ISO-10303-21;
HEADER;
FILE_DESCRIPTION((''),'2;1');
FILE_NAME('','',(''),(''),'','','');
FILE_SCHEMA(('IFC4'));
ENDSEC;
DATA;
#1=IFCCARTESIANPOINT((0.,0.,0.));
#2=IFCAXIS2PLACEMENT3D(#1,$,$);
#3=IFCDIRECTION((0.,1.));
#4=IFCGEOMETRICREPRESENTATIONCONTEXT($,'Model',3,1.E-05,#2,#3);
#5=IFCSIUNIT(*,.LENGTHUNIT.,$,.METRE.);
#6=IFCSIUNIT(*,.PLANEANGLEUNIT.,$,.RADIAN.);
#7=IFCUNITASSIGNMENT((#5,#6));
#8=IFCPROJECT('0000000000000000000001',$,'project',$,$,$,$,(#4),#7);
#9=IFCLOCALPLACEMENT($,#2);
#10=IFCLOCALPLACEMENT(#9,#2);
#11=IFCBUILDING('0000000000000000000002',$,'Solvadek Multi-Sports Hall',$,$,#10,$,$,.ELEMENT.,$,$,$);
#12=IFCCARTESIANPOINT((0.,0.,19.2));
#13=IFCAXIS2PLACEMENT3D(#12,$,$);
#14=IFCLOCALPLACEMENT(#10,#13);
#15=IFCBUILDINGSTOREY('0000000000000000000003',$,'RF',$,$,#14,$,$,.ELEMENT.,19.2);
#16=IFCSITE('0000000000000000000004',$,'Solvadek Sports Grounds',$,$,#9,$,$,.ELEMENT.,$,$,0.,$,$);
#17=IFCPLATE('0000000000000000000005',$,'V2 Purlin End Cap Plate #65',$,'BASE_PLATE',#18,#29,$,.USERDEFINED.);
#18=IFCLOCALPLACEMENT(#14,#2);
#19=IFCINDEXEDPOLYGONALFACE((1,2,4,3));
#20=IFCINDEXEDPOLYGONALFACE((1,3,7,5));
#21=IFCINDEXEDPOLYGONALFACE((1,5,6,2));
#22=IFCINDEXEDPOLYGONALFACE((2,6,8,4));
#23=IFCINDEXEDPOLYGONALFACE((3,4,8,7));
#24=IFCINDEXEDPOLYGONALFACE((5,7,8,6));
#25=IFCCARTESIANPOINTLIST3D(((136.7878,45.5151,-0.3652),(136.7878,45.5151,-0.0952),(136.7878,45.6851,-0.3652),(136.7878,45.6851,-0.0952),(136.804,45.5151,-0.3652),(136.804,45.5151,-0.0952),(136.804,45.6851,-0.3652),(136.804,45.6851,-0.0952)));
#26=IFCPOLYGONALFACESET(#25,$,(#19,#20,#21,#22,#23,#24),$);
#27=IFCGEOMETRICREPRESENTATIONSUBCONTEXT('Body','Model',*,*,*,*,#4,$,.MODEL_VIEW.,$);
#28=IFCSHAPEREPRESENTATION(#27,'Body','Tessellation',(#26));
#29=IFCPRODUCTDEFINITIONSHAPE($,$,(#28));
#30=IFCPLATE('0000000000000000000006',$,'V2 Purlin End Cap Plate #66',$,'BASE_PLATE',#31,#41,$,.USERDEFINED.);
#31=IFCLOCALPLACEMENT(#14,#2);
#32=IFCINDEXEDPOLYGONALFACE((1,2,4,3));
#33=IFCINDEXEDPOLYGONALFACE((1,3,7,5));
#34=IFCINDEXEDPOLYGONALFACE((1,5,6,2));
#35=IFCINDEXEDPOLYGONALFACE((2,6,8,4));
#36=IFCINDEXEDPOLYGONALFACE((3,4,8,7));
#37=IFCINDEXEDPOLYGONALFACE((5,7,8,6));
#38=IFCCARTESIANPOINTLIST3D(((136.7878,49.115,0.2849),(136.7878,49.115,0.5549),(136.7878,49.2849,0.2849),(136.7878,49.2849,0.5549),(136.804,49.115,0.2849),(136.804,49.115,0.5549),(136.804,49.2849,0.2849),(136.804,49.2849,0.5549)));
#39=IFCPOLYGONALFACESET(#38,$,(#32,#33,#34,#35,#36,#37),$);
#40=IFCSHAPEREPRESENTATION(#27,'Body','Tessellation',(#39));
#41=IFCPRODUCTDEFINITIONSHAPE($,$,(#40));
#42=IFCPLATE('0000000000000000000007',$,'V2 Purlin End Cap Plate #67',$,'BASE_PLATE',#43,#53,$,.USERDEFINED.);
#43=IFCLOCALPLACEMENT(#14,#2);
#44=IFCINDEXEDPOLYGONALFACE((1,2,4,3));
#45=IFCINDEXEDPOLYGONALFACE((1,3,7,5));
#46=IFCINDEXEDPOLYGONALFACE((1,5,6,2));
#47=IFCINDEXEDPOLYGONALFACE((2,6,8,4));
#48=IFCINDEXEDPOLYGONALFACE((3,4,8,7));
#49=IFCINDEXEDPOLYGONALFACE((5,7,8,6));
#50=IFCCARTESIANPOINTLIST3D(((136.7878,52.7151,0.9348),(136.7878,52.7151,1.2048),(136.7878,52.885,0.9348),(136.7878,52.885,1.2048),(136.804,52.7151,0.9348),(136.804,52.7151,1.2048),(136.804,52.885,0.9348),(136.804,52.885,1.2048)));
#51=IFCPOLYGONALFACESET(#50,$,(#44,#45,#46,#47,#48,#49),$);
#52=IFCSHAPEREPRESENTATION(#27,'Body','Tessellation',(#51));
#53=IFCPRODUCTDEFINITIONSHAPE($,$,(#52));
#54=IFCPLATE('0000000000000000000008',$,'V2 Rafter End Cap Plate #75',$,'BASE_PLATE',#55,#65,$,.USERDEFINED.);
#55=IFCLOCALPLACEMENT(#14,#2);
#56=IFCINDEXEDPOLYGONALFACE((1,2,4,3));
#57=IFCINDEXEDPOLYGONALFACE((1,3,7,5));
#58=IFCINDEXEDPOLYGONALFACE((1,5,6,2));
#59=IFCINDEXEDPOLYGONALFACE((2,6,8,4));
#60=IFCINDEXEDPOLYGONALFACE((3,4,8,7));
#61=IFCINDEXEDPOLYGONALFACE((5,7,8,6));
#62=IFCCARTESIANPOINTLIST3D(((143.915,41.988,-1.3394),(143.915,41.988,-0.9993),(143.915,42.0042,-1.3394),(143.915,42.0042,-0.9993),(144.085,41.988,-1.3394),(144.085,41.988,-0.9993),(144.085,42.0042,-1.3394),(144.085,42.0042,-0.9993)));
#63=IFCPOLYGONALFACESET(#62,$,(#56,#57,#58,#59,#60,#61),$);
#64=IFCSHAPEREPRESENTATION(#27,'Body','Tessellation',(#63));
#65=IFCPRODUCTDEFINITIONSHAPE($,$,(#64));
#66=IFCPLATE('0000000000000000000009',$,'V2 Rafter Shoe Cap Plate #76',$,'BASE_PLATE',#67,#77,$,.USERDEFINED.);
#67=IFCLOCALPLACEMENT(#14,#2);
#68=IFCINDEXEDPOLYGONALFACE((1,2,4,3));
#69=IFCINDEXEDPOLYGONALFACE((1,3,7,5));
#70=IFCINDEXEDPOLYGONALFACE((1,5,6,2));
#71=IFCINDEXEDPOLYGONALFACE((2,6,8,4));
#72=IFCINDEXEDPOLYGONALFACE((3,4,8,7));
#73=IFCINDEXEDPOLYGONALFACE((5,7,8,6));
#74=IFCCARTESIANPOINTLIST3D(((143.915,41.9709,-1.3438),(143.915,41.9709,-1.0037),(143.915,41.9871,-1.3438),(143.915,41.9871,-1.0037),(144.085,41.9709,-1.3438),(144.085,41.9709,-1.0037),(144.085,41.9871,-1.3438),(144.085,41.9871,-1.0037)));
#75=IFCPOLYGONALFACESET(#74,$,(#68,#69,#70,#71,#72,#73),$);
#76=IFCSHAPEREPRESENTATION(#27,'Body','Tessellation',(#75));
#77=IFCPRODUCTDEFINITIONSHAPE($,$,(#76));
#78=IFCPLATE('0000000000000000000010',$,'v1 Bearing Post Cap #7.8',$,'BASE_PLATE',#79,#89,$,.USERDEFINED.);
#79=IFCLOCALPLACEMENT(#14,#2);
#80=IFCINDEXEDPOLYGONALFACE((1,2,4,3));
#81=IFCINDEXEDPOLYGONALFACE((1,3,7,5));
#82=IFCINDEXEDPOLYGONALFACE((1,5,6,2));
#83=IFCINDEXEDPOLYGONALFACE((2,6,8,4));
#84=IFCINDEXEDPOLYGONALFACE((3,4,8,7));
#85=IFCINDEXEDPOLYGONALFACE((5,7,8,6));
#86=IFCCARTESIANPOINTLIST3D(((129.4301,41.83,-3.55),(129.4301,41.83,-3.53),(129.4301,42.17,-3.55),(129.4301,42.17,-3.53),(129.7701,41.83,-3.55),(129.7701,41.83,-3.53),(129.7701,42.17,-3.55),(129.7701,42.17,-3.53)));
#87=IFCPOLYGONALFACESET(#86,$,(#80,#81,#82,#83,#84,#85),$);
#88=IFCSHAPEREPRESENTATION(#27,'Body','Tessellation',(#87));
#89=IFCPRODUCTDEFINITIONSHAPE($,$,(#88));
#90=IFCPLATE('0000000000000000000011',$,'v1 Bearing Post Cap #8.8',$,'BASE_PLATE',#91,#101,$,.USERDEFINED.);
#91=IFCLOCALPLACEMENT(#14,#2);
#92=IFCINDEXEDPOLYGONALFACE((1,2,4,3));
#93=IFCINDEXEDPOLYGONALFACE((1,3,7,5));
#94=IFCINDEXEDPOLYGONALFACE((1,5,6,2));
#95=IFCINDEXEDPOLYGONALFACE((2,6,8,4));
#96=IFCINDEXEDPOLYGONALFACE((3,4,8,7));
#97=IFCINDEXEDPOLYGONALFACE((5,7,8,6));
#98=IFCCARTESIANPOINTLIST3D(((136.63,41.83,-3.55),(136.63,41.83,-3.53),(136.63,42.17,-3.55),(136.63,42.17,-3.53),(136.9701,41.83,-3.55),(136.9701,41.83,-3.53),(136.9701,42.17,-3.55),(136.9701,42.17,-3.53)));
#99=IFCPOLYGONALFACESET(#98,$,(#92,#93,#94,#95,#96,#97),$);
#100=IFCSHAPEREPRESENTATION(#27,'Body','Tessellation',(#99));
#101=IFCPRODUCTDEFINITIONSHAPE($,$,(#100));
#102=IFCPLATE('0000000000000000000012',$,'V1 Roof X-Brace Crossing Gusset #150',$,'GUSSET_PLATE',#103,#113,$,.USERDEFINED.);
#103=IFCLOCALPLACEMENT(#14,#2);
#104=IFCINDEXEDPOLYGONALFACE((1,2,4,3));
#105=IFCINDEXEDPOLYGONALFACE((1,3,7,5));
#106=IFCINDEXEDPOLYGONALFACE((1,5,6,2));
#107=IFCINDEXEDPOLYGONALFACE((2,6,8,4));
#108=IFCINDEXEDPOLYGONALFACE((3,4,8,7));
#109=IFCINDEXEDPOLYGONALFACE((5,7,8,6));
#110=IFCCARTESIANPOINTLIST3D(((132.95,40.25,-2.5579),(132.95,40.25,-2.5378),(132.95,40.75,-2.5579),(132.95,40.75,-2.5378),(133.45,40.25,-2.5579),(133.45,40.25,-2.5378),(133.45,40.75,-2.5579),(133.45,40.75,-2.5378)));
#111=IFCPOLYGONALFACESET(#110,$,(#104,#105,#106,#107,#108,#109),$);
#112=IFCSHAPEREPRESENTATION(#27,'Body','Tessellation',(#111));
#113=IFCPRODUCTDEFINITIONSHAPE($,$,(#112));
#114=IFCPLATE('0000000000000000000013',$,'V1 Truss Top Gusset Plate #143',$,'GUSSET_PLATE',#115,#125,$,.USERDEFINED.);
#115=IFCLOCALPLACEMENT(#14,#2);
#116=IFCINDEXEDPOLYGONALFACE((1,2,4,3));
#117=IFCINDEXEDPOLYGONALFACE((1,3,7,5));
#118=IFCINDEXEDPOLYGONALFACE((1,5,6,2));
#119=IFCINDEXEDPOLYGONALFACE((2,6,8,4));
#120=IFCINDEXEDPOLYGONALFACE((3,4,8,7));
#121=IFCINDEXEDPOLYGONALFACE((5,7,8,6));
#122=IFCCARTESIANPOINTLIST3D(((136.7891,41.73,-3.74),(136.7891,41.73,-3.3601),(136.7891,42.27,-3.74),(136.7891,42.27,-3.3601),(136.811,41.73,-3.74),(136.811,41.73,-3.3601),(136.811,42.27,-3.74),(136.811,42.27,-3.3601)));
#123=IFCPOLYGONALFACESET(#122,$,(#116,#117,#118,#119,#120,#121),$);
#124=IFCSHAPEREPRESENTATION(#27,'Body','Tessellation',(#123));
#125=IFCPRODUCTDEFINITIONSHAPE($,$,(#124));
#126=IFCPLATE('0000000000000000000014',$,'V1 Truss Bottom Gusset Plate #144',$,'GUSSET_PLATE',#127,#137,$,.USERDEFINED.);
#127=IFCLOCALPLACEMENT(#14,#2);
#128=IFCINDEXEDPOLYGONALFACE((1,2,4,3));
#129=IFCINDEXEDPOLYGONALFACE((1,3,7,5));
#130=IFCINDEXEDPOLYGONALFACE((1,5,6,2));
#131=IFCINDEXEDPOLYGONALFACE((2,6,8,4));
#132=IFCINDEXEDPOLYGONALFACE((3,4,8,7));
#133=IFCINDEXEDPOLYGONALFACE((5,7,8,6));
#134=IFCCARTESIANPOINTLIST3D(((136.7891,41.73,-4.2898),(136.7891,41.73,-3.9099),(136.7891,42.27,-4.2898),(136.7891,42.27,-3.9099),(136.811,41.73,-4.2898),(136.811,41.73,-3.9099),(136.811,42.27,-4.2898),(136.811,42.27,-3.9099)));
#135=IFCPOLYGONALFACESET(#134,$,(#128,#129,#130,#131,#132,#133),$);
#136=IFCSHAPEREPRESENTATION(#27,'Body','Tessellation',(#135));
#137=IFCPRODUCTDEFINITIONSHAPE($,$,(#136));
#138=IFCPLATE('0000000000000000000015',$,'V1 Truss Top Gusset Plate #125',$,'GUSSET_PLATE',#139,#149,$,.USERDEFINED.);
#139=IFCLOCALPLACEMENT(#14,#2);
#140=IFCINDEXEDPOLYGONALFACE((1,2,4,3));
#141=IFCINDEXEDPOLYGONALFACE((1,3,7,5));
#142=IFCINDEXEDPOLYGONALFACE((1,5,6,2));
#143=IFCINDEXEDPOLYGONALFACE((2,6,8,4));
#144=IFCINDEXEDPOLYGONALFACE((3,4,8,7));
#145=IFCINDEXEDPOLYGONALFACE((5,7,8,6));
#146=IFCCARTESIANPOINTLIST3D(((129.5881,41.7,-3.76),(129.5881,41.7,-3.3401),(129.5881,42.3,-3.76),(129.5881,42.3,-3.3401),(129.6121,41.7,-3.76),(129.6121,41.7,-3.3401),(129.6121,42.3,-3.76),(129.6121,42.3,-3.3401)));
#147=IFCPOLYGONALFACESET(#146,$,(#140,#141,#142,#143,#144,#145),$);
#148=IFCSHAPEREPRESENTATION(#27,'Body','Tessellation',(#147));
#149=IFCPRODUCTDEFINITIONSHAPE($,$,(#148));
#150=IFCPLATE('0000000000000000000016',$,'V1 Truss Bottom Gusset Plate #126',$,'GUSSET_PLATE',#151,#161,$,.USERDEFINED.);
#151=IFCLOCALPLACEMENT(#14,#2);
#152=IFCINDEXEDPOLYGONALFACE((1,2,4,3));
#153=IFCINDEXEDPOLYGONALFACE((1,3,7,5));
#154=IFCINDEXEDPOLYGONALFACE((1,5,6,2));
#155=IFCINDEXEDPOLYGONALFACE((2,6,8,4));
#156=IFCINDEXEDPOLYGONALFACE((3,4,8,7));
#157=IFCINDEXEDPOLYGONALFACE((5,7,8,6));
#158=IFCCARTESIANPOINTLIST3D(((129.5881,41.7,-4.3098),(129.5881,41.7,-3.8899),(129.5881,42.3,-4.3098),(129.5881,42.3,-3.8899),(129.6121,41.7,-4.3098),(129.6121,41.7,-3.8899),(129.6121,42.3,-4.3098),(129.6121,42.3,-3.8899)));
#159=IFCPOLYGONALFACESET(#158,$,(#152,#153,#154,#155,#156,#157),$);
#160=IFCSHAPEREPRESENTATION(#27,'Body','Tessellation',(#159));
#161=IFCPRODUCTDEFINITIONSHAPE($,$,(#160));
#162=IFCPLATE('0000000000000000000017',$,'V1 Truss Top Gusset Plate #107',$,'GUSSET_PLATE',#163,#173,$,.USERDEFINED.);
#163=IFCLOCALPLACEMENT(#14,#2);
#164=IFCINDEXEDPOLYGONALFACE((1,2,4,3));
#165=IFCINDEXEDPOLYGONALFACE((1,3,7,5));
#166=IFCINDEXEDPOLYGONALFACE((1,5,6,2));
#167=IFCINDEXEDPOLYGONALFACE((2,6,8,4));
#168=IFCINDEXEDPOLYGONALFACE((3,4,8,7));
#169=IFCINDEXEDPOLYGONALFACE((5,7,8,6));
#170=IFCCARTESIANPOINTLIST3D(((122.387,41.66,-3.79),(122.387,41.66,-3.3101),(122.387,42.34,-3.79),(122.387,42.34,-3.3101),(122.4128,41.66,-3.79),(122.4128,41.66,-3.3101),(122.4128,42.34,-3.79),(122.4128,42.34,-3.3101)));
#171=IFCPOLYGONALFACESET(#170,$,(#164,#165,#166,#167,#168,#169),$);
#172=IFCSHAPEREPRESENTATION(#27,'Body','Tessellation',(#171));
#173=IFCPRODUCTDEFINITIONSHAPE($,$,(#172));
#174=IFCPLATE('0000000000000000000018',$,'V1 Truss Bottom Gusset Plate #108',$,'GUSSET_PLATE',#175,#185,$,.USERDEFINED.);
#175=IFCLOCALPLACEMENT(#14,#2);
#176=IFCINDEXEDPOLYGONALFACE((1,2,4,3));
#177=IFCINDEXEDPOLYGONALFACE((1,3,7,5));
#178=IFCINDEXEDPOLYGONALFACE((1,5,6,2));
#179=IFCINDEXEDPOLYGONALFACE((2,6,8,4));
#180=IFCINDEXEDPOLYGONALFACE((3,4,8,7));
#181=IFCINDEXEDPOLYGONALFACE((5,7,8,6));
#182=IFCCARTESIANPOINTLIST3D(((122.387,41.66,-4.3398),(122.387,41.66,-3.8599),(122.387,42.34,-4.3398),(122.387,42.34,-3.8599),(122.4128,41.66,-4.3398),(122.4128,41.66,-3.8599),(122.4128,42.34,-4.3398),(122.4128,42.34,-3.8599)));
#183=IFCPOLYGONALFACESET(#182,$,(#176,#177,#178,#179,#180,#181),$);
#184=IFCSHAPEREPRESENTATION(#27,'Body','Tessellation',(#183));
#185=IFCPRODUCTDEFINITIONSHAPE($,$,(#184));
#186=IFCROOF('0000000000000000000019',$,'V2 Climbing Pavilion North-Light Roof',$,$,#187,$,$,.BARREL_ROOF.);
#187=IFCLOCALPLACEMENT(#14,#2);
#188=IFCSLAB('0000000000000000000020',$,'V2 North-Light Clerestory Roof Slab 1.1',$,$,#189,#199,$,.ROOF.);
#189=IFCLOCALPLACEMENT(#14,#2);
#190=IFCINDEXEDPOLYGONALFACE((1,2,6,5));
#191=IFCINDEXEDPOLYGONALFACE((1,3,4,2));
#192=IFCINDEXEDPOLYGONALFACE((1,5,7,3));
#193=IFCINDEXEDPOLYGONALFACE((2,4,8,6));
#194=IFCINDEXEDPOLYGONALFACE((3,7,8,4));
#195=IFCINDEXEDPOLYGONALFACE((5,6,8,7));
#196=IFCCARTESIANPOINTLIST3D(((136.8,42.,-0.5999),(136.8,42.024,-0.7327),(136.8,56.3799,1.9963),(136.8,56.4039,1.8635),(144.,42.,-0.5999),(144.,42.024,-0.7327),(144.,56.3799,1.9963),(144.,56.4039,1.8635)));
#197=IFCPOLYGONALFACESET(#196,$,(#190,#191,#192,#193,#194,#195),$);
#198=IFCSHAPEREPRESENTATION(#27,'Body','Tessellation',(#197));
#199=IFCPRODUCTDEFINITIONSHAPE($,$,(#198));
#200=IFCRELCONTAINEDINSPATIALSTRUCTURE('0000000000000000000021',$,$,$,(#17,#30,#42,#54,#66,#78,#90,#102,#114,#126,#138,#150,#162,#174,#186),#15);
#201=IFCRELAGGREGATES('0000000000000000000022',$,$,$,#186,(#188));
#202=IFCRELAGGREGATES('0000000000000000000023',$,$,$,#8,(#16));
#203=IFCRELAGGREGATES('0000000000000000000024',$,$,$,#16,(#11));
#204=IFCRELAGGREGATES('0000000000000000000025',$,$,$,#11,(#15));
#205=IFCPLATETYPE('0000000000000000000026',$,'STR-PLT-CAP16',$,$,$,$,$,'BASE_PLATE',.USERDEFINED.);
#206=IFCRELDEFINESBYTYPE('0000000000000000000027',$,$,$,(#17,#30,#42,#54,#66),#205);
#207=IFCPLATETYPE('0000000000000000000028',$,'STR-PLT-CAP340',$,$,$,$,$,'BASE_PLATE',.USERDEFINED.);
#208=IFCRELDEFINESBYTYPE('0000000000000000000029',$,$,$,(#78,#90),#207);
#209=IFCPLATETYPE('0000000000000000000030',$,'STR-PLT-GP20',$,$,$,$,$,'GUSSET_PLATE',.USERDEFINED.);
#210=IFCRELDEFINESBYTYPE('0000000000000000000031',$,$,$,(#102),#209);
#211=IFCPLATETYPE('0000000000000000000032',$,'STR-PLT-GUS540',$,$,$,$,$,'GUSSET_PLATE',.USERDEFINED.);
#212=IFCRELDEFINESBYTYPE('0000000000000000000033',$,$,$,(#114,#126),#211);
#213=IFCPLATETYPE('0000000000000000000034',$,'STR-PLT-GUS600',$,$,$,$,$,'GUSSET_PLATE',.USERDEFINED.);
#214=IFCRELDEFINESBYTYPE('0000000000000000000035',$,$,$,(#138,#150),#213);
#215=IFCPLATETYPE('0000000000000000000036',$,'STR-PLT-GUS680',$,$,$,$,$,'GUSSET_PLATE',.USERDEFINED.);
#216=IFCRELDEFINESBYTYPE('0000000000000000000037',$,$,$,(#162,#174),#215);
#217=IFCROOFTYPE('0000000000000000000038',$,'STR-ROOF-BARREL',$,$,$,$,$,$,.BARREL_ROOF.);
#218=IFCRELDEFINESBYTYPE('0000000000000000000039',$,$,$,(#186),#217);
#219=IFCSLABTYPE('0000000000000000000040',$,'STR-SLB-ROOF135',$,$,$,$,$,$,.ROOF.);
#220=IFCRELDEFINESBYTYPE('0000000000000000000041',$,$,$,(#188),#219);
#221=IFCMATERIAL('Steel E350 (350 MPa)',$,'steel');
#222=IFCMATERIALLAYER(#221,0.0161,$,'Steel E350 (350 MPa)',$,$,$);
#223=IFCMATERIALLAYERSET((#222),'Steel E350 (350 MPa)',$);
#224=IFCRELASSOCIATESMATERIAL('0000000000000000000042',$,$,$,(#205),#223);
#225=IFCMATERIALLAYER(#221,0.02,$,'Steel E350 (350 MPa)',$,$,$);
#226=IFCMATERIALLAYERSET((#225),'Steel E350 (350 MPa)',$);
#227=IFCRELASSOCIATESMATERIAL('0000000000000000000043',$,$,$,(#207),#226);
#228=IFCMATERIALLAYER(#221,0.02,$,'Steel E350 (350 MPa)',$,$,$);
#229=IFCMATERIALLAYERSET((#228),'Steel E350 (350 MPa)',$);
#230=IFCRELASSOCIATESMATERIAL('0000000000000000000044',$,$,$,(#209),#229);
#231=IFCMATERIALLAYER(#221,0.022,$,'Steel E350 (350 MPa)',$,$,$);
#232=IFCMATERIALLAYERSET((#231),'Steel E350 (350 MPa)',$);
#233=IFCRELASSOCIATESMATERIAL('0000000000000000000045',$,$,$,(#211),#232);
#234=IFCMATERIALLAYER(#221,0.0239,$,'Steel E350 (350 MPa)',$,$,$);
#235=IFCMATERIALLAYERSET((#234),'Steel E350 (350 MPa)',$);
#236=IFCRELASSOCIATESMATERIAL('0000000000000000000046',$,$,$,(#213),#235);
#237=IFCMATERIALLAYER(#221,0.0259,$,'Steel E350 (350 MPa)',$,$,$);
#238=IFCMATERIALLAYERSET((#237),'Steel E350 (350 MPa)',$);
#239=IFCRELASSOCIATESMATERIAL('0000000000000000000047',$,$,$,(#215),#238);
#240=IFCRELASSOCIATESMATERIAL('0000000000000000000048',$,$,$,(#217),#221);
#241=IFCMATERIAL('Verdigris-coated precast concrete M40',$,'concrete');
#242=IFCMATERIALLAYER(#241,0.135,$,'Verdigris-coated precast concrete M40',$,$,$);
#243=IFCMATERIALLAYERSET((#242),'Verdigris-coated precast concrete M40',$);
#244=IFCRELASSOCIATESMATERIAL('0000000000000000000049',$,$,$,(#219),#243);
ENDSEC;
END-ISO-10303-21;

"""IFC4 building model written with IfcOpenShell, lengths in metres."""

from ifc_helpers import new_model, si_unit, direction, frame, origin, origin_2d, place, context, subcontext, project, spatial, polyline, rectangle, outline, extrude, material, layer, layer_set, type_object, element, aggregate, save


model = new_model("IFC4")

# Units and contexts
model_context = context("Model", 3, precision=1e-05, world=origin(), true_north=direction((0.0, 1.0)))
body_context = subcontext(model_context, "Body", "Model", "MODEL_VIEW")
ifc_project = project(units=[si_unit("LENGTHUNIT", "METRE"), si_unit("PLANEANGLEUNIT", "RADIAN")], contexts=[model_context])

# Site, building, storey
site_placement = place(None, origin())
site = spatial("IfcSite", under=ifc_project, at=site_placement, Name="Solvadek Sports Grounds", CompositionType="ELEMENT", RefElevation=0.0)
building_placement = place(site_placement, origin())
building = spatial("IfcBuilding", under=site, at=building_placement, Name="Solvadek Multi-Sports Hall", CompositionType="ELEMENT")
storey_placement = place(building_placement, frame((0.0, 0.0, 19.2)))
storey = spatial("IfcBuildingStorey", under=building, at=storey_placement, Name="RF", CompositionType="ELEMENT", Elevation=19.2)

# Shared definitions
ifc_material_1 = material(Name="Steel E350 (350 MPa)", Category="steel")

# Plates
ifc_layer_1 = layer(ifc_material_1, 0.0161, Name="Steel E350 (350 MPa)")
ifc_layer_set_1 = layer_set([ifc_layer_1], Name="Steel E350 (350 MPa)")
plate_type_1 = type_object("IfcPlateType", Name="STR-PLT-CAP16", ElementType="BASE_PLATE", PredefinedType="USERDEFINED", material=ifc_layer_set_1)
for number, where, z_axis, x_axis, name in (
    (1, (136.7959, 45.6001, -0.3652), (0.0, 0.0, 1.0), (1.0, 0.0, 0.0), "V2 Purlin End Cap Plate #65"),
    (2, (136.7959, 49.2, 0.2849), (0.0, 0.0, 1.0), (1.0, 0.0, 0.0), "V2 Purlin End Cap Plate #66"),
    (3, (136.7959, 52.8, 0.9348), (0.0, 0.0, 1.0), (1.0, 0.0, 0.0), "V2 Purlin End Cap Plate #67"),
):
    element("IfcPlate", number, at=place(storey_placement, frame(where, z_axis=z_axis, x_axis=x_axis)), inside=storey, type_object=plate_type_1, Name=name, ObjectType="BASE_PLATE", PredefinedType="USERDEFINED", context=body_context, shape_type="SweptSolid", body=[
        extrude(rectangle(XDim=0.0161, YDim=0.1699, at=origin_2d()), origin(), (0.0, 0.0, 1.0), 0.27),
    ])
for number, where, z_axis, x_axis, name in (
    (4, (144.0, 41.9961, -1.3394), (0.0, 0.0, 1.0), (1.0, 0.0, 0.0), "V2 Rafter End Cap Plate #75"),
    (5, (144.0, 41.979, -1.3438), (0.0, 0.0, 1.0), (1.0, 0.0, 0.0), "V2 Rafter Shoe Cap Plate #76"),
):
    element("IfcPlate", number, at=place(storey_placement, frame(where, z_axis=z_axis, x_axis=x_axis)), inside=storey, type_object=plate_type_1, Name=name, ObjectType="BASE_PLATE", PredefinedType="USERDEFINED", context=body_context, shape_type="SweptSolid", body=[
        extrude(rectangle(XDim=0.1699, YDim=0.0161, at=origin_2d()), origin(), (0.0, 0.0, 1.0), 0.3401),
    ])
ifc_layer_2 = layer(ifc_material_1, 0.02, Name="Steel E350 (350 MPa)")
ifc_layer_set_2 = layer_set([ifc_layer_2], Name="Steel E350 (350 MPa)")
plate_type_2 = type_object("IfcPlateType", Name="STR-PLT-CAP340", ElementType="BASE_PLATE", PredefinedType="USERDEFINED", material=ifc_layer_set_2)
for number, where, z_axis, x_axis, name in (
    (6, (129.6001, 42.0, -3.55), (0.0, 0.0, 1.0), (1.0, 0.0, 0.0), "v1 Bearing Post Cap #7.8"),
    (7, (136.8, 42.0, -3.55), (0.0, 0.0, 1.0), (1.0, 0.0, 0.0), "v1 Bearing Post Cap #8.8"),
):
    element("IfcPlate", number, at=place(storey_placement, frame(where, z_axis=z_axis, x_axis=x_axis)), inside=storey, type_object=plate_type_2, Name=name, ObjectType="BASE_PLATE", PredefinedType="USERDEFINED", context=body_context, shape_type="SweptSolid", body=[
        extrude(rectangle(XDim=0.3401, YDim=0.3401, at=origin_2d()), origin(), (0.0, 0.0, 1.0), 0.02),
    ])
ifc_layer_3 = layer(ifc_material_1, 0.02, Name="Steel E350 (350 MPa)")
ifc_layer_set_3 = layer_set([ifc_layer_3], Name="Steel E350 (350 MPa)")
plate_type_3 = type_object("IfcPlateType", Name="STR-PLT-GP20", ElementType="GUSSET_PLATE", PredefinedType="USERDEFINED", material=ifc_layer_set_3)
plate_1_placement = place(storey_placement, frame((133.2, 40.5, -2.5579), z_axis=(0.0, 0.0, 1.0), x_axis=(1.0, 0.0, 0.0)))
element("IfcPlate", 8, at=plate_1_placement, inside=storey, type_object=plate_type_3, Name="V1 Roof X-Brace Crossing Gusset #150", ObjectType="GUSSET_PLATE", PredefinedType="USERDEFINED", context=body_context, shape_type="SweptSolid", body=[
    extrude(rectangle(XDim=0.5, YDim=0.5, at=origin_2d()), origin(), (0.0, 0.0, 1.0), 0.02),
])
ifc_layer_4 = layer(ifc_material_1, 0.022, Name="Steel E350 (350 MPa)")
ifc_layer_set_4 = layer_set([ifc_layer_4], Name="Steel E350 (350 MPa)")
plate_type_4 = type_object("IfcPlateType", Name="STR-PLT-GUS540", ElementType="GUSSET_PLATE", PredefinedType="USERDEFINED", material=ifc_layer_set_4)
for number, where, z_axis, x_axis, name in (
    (9, (136.8, 42.0, -3.74), (0.0, 0.0, 1.0), (0.0, 1.0, 0.0), "V1 Truss Top Gusset Plate #143"),
    (10, (136.8, 42.0, -4.2898), (0.0, 0.0, 1.0), (0.0, 1.0, 0.0), "V1 Truss Bottom Gusset Plate #144"),
):
    element("IfcPlate", number, at=place(storey_placement, frame(where, z_axis=z_axis, x_axis=x_axis)), inside=storey, type_object=plate_type_4, Name=name, ObjectType="GUSSET_PLATE", PredefinedType="USERDEFINED", context=body_context, shape_type="SweptSolid", body=[
        extrude(rectangle(XDim=0.54, YDim=0.022, at=origin_2d()), origin(), (0.0, 0.0, 1.0), 0.3799),
    ])
ifc_layer_5 = layer(ifc_material_1, 0.0239, Name="Steel E350 (350 MPa)")
ifc_layer_set_5 = layer_set([ifc_layer_5], Name="Steel E350 (350 MPa)")
plate_type_5 = type_object("IfcPlateType", Name="STR-PLT-GUS600", ElementType="GUSSET_PLATE", PredefinedType="USERDEFINED", material=ifc_layer_set_5)
for number, where, z_axis, x_axis, name in (
    (11, (129.6001, 42.0, -3.76), (0.0, 0.0, 1.0), (0.0, 1.0, 0.0), "V1 Truss Top Gusset Plate #125"),
    (12, (129.6001, 42.0, -4.3098), (0.0, 0.0, 1.0), (0.0, 1.0, 0.0), "V1 Truss Bottom Gusset Plate #126"),
):
    element("IfcPlate", number, at=place(storey_placement, frame(where, z_axis=z_axis, x_axis=x_axis)), inside=storey, type_object=plate_type_5, Name=name, ObjectType="GUSSET_PLATE", PredefinedType="USERDEFINED", context=body_context, shape_type="SweptSolid", body=[
        extrude(rectangle(XDim=0.6001, YDim=0.0239, at=origin_2d()), origin(), (0.0, 0.0, 1.0), 0.4199),
    ])
ifc_layer_6 = layer(ifc_material_1, 0.0259, Name="Steel E350 (350 MPa)")
ifc_layer_set_6 = layer_set([ifc_layer_6], Name="Steel E350 (350 MPa)")
plate_type_6 = type_object("IfcPlateType", Name="STR-PLT-GUS680", ElementType="GUSSET_PLATE", PredefinedType="USERDEFINED", material=ifc_layer_set_6)
for number, where, z_axis, x_axis, name in (
    (13, (122.3999, 42.0, -3.79), (0.0, 0.0, 1.0), (0.0, 1.0, 0.0), "V1 Truss Top Gusset Plate #107"),
    (14, (122.3999, 42.0, -4.3398), (0.0, 0.0, 1.0), (0.0, 1.0, 0.0), "V1 Truss Bottom Gusset Plate #108"),
):
    element("IfcPlate", number, at=place(storey_placement, frame(where, z_axis=z_axis, x_axis=x_axis)), inside=storey, type_object=plate_type_6, Name=name, ObjectType="GUSSET_PLATE", PredefinedType="USERDEFINED", context=body_context, shape_type="SweptSolid", body=[
        extrude(rectangle(XDim=0.6799, YDim=0.0259, at=origin_2d()), origin(), (0.0, 0.0, 1.0), 0.48),
    ])

# Roof, slab
roof_type = type_object("IfcRoofType", Name="STR-ROOF-BARREL", PredefinedType="BARREL_ROOF", material=ifc_material_1)
roof_1_placement = place(storey_placement, origin())
roof_1 = element("IfcRoof", 15, at=roof_1_placement, inside=storey, type_object=roof_type, Name="V2 Climbing Pavilion North-Light Roof", PredefinedType="BARREL_ROOF")
ifc_material_2 = material(Name="Verdigris-coated precast concrete M40", Category="concrete")
ifc_layer_7 = layer(ifc_material_2, 0.135, Name="Verdigris-coated precast concrete M40")
ifc_layer_set_7 = layer_set([ifc_layer_7], Name="Verdigris-coated precast concrete M40")
slab_type_1 = type_object("IfcSlabType", Name="STR-SLB-ROOF135", PredefinedType="ROOF", material=ifc_layer_set_7)
slab_1_placement = place(storey_placement, frame((136.8, 42.0, -0.5999), z_axis=(0.0, -0.177671, 0.98409), x_axis=(1.0, 0.0, 0.0)))
slab_1 = element("IfcSlab", 16, at=slab_1_placement, type_object=slab_type_1, Name="V2 North-Light Clerestory Roof Slab 1.1", PredefinedType="ROOF", context=body_context, shape_type="SweptSolid", body=[
    extrude(outline(polyline([(0.0, 0.0), (7.2, 0.0), (7.2, 14.6124), (0.0, 14.6124), (0.0, 0.0)])), origin(), (0.0, 0.0, -1.0), 0.135),
])
aggregate(roof_1, [slab_1])

save(model, "model.ifc")
